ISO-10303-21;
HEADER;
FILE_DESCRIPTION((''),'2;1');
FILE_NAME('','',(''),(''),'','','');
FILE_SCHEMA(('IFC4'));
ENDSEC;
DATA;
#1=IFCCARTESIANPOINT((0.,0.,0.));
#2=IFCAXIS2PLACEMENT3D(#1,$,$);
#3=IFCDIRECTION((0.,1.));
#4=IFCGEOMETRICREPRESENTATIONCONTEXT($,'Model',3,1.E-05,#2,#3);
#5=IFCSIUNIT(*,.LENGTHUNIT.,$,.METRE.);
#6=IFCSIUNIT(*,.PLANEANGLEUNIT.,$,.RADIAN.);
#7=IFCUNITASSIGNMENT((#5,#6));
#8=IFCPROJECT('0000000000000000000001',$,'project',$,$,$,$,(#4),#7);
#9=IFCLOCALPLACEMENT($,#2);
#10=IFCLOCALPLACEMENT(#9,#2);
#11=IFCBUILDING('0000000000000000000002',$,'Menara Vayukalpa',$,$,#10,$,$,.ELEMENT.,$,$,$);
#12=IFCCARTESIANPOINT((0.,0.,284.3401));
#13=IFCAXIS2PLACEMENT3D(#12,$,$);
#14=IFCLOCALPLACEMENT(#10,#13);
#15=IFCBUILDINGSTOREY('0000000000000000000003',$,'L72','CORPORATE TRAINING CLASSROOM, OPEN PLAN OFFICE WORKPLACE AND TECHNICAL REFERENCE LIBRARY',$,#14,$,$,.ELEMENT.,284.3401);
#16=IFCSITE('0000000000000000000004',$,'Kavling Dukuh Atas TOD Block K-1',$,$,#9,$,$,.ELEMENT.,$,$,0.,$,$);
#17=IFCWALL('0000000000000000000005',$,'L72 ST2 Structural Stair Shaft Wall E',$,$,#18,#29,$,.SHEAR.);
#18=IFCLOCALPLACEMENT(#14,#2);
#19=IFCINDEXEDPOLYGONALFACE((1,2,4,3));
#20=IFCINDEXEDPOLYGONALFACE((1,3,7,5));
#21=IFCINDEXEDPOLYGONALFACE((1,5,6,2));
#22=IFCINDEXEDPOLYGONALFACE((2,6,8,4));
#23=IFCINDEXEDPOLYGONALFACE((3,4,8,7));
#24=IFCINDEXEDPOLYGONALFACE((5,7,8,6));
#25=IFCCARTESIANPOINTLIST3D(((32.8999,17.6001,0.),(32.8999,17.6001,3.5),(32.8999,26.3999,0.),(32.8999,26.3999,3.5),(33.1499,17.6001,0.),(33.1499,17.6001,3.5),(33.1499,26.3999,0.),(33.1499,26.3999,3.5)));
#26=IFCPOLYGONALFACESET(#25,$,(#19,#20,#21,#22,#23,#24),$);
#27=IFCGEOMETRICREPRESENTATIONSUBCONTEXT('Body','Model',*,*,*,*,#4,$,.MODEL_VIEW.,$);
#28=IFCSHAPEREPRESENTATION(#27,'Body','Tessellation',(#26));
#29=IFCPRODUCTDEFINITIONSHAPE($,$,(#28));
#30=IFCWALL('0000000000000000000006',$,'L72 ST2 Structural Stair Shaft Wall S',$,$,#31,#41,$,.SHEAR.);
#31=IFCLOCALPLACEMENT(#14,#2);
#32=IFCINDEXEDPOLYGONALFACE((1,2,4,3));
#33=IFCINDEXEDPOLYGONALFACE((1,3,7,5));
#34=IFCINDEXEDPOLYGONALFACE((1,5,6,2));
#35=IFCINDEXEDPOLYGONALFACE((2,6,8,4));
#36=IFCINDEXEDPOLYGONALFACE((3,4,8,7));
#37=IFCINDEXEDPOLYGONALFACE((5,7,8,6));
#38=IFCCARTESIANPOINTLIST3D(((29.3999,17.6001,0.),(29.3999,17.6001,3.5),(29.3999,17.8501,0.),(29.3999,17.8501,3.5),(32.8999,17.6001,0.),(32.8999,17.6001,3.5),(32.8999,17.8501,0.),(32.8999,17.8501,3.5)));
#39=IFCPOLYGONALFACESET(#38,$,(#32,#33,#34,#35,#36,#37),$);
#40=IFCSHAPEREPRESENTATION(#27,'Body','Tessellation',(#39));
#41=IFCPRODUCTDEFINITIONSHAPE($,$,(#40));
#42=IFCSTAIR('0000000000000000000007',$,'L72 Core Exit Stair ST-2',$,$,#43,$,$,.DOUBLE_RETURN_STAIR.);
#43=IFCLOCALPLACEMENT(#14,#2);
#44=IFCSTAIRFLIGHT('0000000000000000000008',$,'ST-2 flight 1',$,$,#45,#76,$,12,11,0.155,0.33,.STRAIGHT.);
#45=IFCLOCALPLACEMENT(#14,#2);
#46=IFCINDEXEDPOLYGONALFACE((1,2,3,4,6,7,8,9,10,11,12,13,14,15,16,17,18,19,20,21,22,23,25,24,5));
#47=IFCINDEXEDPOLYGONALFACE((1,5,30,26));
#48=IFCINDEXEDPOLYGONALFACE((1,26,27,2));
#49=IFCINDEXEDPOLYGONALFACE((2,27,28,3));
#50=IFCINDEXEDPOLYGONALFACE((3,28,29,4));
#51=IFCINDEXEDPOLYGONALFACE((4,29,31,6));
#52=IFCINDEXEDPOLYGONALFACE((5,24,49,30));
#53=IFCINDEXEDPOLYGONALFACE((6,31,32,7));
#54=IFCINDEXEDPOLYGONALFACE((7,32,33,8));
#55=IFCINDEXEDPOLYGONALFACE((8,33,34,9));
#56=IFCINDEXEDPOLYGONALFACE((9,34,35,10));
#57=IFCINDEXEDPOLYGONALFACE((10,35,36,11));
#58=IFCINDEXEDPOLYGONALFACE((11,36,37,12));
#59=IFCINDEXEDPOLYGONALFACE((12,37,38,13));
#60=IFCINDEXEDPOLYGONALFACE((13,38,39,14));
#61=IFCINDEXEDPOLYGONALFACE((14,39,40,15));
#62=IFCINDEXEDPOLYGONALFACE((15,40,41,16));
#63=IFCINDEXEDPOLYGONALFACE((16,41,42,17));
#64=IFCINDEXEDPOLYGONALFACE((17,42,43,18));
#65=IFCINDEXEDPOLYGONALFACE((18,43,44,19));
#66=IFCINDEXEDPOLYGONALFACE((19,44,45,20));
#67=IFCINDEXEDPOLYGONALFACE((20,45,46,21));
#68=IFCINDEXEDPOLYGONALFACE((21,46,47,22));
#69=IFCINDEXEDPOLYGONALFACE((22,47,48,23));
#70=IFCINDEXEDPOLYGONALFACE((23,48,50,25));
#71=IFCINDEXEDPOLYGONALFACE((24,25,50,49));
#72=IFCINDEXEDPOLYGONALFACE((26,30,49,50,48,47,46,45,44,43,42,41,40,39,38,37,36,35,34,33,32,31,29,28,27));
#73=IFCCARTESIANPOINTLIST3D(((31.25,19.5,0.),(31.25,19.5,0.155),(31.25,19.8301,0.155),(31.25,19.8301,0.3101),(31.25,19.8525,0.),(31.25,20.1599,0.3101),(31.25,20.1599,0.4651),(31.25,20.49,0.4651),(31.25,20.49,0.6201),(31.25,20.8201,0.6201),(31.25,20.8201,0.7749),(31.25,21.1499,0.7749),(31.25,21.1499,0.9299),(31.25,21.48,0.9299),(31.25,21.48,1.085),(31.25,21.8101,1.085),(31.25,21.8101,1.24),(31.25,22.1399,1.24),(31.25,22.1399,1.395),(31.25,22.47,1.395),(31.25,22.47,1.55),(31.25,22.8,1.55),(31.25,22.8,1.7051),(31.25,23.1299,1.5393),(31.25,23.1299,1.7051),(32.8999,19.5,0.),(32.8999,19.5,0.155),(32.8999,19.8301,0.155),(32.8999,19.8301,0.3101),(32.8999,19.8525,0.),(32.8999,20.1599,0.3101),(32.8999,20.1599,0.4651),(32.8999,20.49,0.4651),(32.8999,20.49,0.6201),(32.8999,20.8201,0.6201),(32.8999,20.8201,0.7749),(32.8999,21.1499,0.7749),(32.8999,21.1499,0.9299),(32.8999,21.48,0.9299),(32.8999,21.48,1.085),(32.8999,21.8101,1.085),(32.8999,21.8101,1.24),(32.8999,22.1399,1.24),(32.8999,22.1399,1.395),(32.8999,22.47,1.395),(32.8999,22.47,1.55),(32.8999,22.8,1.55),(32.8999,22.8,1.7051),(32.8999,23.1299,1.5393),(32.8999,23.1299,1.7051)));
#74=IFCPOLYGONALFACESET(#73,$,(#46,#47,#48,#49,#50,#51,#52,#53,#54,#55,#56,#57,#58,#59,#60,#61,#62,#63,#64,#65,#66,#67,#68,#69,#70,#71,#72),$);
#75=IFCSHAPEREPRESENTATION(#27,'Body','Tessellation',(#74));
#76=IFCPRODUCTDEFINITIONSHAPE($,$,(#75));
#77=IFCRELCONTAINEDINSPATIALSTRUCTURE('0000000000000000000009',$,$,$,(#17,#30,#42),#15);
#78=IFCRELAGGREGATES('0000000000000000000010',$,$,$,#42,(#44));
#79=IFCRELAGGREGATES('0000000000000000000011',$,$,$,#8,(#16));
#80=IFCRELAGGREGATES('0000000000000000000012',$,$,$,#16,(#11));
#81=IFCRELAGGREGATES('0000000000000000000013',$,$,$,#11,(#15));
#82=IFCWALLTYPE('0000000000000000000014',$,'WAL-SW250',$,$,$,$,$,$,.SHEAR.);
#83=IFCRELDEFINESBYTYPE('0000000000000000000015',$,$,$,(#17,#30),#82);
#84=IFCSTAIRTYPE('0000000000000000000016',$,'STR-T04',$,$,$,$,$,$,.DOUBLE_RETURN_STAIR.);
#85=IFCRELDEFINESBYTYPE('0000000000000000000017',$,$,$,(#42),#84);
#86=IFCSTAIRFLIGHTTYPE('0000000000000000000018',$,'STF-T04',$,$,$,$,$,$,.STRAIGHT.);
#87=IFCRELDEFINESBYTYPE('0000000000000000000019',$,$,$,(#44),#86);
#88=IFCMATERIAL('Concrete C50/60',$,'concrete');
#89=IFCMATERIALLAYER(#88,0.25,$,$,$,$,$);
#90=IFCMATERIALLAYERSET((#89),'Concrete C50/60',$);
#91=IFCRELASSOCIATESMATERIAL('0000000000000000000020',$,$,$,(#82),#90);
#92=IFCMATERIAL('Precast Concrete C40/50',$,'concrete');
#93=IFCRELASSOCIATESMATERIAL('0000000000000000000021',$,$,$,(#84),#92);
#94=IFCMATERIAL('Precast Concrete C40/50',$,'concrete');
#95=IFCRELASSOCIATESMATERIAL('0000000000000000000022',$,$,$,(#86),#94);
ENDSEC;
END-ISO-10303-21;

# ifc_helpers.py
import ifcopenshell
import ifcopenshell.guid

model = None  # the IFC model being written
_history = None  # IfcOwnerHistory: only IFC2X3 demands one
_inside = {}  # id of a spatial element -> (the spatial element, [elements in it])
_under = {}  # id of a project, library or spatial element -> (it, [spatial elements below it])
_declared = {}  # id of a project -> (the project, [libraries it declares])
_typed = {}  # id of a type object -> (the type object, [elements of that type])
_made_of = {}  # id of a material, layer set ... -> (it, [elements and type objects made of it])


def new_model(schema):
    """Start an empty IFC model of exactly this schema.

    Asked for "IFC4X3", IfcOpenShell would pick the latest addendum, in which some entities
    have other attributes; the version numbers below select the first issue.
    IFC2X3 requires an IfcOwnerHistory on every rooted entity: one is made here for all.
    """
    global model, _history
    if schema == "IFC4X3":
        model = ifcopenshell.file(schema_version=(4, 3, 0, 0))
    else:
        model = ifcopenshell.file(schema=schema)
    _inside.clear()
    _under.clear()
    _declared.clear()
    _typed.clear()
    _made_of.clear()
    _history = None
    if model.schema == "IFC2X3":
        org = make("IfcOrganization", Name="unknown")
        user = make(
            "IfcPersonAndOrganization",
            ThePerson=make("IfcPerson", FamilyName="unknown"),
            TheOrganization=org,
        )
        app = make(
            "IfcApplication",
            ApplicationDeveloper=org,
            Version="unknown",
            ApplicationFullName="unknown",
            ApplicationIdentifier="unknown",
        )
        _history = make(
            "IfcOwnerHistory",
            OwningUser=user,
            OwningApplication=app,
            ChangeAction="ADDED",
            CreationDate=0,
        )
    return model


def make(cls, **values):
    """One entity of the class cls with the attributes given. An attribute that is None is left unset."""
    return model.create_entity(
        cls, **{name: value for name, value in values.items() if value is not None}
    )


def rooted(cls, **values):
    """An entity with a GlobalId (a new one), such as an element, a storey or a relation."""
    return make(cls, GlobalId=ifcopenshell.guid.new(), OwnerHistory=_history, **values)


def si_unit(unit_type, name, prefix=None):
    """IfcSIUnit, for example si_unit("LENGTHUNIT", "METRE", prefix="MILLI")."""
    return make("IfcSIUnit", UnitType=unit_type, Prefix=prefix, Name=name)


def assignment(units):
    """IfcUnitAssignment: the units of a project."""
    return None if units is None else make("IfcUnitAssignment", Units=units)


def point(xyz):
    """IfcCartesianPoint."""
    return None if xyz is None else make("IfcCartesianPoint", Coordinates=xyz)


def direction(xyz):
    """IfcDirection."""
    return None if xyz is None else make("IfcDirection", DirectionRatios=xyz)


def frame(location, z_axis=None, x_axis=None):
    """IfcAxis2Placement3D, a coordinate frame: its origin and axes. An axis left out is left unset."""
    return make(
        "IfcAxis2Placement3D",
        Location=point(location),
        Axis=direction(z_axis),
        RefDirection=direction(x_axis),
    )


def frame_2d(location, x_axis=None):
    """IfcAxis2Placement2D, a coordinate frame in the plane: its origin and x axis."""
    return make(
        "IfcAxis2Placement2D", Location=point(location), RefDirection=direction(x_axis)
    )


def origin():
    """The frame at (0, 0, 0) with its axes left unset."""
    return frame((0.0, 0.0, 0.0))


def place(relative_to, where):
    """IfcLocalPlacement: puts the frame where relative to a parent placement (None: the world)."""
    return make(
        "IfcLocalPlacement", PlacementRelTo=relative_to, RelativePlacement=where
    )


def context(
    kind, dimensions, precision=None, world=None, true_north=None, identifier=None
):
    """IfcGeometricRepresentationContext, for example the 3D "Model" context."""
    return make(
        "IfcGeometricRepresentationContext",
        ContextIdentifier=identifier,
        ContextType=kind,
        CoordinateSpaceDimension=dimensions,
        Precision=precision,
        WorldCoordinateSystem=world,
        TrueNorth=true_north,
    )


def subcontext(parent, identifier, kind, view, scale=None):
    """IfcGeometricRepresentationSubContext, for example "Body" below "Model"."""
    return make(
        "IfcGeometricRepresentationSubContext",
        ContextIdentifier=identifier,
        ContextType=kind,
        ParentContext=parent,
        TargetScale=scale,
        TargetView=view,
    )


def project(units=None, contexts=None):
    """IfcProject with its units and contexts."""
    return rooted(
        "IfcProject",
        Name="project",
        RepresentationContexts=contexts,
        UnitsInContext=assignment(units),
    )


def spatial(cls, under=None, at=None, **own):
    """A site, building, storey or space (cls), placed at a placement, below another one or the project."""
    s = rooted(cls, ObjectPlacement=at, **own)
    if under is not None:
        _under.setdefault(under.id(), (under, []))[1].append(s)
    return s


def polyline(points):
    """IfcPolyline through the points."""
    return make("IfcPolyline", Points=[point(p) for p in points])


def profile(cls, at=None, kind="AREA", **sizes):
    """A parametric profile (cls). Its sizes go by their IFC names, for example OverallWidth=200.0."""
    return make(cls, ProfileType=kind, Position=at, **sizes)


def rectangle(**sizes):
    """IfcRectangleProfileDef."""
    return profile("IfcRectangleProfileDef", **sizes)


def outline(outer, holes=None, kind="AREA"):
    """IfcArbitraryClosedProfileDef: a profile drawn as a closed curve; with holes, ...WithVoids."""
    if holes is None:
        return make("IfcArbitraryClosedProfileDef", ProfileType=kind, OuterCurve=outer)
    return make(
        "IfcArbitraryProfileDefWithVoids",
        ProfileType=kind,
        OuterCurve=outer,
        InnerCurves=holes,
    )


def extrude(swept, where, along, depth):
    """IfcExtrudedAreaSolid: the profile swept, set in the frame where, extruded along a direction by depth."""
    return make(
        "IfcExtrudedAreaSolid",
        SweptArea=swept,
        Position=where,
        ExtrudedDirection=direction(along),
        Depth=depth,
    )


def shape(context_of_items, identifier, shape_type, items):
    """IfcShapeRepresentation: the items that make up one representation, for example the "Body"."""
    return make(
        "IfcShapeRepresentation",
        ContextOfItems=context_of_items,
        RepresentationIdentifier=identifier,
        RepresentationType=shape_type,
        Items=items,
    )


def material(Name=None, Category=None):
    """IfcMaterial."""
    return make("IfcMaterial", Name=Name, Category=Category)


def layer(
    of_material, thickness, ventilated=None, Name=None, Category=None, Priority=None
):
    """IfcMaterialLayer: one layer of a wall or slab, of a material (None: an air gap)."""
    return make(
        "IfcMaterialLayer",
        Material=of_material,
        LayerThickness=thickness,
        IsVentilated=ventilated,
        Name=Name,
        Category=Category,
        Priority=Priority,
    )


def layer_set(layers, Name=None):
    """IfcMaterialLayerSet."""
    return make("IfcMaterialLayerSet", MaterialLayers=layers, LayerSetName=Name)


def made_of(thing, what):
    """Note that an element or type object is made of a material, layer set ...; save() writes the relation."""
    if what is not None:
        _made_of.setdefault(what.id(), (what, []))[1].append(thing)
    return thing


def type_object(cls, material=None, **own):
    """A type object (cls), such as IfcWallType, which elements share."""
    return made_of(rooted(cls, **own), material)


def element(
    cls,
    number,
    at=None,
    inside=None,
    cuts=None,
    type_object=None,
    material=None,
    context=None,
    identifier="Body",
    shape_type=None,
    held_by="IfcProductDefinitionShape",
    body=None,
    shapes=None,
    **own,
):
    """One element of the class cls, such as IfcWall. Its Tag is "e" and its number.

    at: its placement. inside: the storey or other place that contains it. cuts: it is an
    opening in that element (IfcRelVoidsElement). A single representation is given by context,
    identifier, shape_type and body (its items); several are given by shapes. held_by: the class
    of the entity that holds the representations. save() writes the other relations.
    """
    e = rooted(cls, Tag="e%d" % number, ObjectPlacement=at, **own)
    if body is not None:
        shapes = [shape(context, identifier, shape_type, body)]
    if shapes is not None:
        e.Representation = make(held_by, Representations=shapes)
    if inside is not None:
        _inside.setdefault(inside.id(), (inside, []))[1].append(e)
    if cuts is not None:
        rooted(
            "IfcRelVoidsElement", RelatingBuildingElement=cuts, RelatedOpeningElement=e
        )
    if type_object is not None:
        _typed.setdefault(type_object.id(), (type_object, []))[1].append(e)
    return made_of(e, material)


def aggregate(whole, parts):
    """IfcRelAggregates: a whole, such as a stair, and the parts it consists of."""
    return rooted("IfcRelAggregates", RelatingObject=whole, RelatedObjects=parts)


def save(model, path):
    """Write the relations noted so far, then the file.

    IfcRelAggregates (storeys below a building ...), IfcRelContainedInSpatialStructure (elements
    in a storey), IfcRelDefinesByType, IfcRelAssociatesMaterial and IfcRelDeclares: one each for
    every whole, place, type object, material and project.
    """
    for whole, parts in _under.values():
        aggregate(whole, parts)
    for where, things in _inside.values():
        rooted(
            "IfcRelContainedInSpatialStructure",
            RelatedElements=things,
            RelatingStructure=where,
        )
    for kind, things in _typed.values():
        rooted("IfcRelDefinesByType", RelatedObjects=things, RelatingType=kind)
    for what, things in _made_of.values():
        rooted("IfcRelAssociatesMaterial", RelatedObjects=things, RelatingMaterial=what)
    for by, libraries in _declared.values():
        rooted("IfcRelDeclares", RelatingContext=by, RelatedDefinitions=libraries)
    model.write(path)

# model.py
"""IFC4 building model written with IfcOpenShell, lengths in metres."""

from ifc_helpers import new_model, si_unit, direction, frame, frame_2d, origin, place, context, subcontext, project, spatial, polyline, rectangle, outline, extrude, material, layer, layer_set, type_object, element, aggregate, save


model = new_model("IFC4")

# Units and contexts
model_context = context("Model", 3, precision=1e-05, world=origin(), true_north=direction((0.0, 1.0)))
body_context = subcontext(model_context, "Body", "Model", "MODEL_VIEW")
ifc_project = project(units=[si_unit("LENGTHUNIT", "METRE"), si_unit("PLANEANGLEUNIT", "RADIAN")], contexts=[model_context])

# Site, building, storey
site_placement = place(None, origin())
site = spatial("IfcSite", under=ifc_project, at=site_placement, Name="Kavling Dukuh Atas TOD Block K-1", CompositionType="ELEMENT", RefElevation=0.0)
building_placement = place(site_placement, origin())
building = spatial("IfcBuilding", under=site, at=building_placement, Name="Menara Vayukalpa", CompositionType="ELEMENT")
storey_placement = place(building_placement, frame((0.0, 0.0, 284.3401)))
storey = spatial("IfcBuildingStorey", under=building, at=storey_placement, Name="L72", Description="CORPORATE TRAINING CLASSROOM, OPEN PLAN OFFICE WORKPLACE AND TECHNICAL REFERENCE LIBRARY", CompositionType="ELEMENT", Elevation=284.3401)

# Walls
ifc_material_1 = material(Name="Concrete C50/60", Category="concrete")
ifc_layer_1 = layer(ifc_material_1, 0.25)
ifc_layer_set_1 = layer_set([ifc_layer_1], Name="Concrete C50/60")
wall_type_1 = type_object("IfcWallType", Name="WAL-SW250", PredefinedType="SHEAR", material=ifc_layer_set_1)
wall_1_placement = place(storey_placement, frame((33.0249, 17.6001, 0.0), z_axis=(0.0, 0.0, 1.0), x_axis=(0.0, 1.0, 0.0)))
element("IfcWall", 1, at=wall_1_placement, inside=storey, type_object=wall_type_1, Name="L72 ST2 Structural Stair Shaft Wall E", PredefinedType="SHEAR", context=body_context, shape_type="SweptSolid", body=[
    extrude(rectangle(XDim=8.7998, YDim=0.25, at=frame_2d((4.3999, 0.0))), origin(), (0.0, 0.0, 1.0), 3.5),
])
wall_2_placement = place(storey_placement, frame((29.3999, 17.7251, 0.0), z_axis=(0.0, 0.0, 1.0), x_axis=(1.0, 0.0, 0.0)))
element("IfcWall", 2, at=wall_2_placement, inside=storey, type_object=wall_type_1, Name="L72 ST2 Structural Stair Shaft Wall S", PredefinedType="SHEAR", context=body_context, shape_type="SweptSolid", body=[
    extrude(rectangle(XDim=3.5, YDim=0.25, at=frame_2d((1.75, 0.0))), origin(), (0.0, 0.0, 1.0), 3.5),
])

# Stair, stair flight
ifc_material_2 = material(Name="Precast Concrete C40/50", Category="concrete")
stair_type = type_object("IfcStairType", Name="STR-T04", PredefinedType="DOUBLE_RETURN_STAIR", material=ifc_material_2)
stair_placement = place(storey_placement, origin())
stair = element("IfcStair", 3, at=stair_placement, inside=storey, type_object=stair_type, Name="L72 Core Exit Stair ST-2", PredefinedType="DOUBLE_RETURN_STAIR")
ifc_material_3 = material(Name="Precast Concrete C40/50", Category="concrete")
stair_flight_type = type_object("IfcStairFlightType", Name="STF-T04", PredefinedType="STRAIGHT", material=ifc_material_3)
stair_flight_placement = place(storey_placement, frame((32.075, 19.5, 0.0), z_axis=(0.0, 0.0, 1.0), x_axis=(0.0, 1.0, 0.0)))
stair_flight = element("IfcStairFlight", 4, at=stair_flight_placement, type_object=stair_flight_type, Name="ST-2 flight 1", NumberOfRisers=12, NumberOfTreads=11, PredefinedType="STRAIGHT", RiserHeight=0.155, TreadLength=0.33, context=body_context, shape_type="SweptSolid", body=[
    extrude(outline(polyline([(0.0, 0.0), (0.0, 0.155), (0.3301, 0.155), (0.3301, 0.3101), (0.6599, 0.3101), (0.6599, 0.4651), (0.99, 0.4651), (0.99, 0.6201), (1.3201, 0.6201), (1.3201, 0.7749), (1.6499, 0.7749), (1.6499, 0.9299), (1.98, 0.9299), (1.98, 1.085), (2.3101, 1.085), (2.3101, 1.24), (2.6399, 1.24), (2.6399, 1.395), (2.97, 1.395), (2.97, 1.55), (3.3, 1.55), (3.3, 1.7051), (3.6299, 1.7051), (3.6299, 1.8601), (3.6299, 1.5393), (0.3525, 0.0), (0.0, 0.0)])), frame((0.0, 0.825, 0.0), z_axis=(0.0, -1.0, 0.0), x_axis=(1.0, 0.0, 0.0)), (0.0, 0.0, 1.0), 1.6499),
])
aggregate(stair, [stair_flight])

save(model, "model.ifc")
